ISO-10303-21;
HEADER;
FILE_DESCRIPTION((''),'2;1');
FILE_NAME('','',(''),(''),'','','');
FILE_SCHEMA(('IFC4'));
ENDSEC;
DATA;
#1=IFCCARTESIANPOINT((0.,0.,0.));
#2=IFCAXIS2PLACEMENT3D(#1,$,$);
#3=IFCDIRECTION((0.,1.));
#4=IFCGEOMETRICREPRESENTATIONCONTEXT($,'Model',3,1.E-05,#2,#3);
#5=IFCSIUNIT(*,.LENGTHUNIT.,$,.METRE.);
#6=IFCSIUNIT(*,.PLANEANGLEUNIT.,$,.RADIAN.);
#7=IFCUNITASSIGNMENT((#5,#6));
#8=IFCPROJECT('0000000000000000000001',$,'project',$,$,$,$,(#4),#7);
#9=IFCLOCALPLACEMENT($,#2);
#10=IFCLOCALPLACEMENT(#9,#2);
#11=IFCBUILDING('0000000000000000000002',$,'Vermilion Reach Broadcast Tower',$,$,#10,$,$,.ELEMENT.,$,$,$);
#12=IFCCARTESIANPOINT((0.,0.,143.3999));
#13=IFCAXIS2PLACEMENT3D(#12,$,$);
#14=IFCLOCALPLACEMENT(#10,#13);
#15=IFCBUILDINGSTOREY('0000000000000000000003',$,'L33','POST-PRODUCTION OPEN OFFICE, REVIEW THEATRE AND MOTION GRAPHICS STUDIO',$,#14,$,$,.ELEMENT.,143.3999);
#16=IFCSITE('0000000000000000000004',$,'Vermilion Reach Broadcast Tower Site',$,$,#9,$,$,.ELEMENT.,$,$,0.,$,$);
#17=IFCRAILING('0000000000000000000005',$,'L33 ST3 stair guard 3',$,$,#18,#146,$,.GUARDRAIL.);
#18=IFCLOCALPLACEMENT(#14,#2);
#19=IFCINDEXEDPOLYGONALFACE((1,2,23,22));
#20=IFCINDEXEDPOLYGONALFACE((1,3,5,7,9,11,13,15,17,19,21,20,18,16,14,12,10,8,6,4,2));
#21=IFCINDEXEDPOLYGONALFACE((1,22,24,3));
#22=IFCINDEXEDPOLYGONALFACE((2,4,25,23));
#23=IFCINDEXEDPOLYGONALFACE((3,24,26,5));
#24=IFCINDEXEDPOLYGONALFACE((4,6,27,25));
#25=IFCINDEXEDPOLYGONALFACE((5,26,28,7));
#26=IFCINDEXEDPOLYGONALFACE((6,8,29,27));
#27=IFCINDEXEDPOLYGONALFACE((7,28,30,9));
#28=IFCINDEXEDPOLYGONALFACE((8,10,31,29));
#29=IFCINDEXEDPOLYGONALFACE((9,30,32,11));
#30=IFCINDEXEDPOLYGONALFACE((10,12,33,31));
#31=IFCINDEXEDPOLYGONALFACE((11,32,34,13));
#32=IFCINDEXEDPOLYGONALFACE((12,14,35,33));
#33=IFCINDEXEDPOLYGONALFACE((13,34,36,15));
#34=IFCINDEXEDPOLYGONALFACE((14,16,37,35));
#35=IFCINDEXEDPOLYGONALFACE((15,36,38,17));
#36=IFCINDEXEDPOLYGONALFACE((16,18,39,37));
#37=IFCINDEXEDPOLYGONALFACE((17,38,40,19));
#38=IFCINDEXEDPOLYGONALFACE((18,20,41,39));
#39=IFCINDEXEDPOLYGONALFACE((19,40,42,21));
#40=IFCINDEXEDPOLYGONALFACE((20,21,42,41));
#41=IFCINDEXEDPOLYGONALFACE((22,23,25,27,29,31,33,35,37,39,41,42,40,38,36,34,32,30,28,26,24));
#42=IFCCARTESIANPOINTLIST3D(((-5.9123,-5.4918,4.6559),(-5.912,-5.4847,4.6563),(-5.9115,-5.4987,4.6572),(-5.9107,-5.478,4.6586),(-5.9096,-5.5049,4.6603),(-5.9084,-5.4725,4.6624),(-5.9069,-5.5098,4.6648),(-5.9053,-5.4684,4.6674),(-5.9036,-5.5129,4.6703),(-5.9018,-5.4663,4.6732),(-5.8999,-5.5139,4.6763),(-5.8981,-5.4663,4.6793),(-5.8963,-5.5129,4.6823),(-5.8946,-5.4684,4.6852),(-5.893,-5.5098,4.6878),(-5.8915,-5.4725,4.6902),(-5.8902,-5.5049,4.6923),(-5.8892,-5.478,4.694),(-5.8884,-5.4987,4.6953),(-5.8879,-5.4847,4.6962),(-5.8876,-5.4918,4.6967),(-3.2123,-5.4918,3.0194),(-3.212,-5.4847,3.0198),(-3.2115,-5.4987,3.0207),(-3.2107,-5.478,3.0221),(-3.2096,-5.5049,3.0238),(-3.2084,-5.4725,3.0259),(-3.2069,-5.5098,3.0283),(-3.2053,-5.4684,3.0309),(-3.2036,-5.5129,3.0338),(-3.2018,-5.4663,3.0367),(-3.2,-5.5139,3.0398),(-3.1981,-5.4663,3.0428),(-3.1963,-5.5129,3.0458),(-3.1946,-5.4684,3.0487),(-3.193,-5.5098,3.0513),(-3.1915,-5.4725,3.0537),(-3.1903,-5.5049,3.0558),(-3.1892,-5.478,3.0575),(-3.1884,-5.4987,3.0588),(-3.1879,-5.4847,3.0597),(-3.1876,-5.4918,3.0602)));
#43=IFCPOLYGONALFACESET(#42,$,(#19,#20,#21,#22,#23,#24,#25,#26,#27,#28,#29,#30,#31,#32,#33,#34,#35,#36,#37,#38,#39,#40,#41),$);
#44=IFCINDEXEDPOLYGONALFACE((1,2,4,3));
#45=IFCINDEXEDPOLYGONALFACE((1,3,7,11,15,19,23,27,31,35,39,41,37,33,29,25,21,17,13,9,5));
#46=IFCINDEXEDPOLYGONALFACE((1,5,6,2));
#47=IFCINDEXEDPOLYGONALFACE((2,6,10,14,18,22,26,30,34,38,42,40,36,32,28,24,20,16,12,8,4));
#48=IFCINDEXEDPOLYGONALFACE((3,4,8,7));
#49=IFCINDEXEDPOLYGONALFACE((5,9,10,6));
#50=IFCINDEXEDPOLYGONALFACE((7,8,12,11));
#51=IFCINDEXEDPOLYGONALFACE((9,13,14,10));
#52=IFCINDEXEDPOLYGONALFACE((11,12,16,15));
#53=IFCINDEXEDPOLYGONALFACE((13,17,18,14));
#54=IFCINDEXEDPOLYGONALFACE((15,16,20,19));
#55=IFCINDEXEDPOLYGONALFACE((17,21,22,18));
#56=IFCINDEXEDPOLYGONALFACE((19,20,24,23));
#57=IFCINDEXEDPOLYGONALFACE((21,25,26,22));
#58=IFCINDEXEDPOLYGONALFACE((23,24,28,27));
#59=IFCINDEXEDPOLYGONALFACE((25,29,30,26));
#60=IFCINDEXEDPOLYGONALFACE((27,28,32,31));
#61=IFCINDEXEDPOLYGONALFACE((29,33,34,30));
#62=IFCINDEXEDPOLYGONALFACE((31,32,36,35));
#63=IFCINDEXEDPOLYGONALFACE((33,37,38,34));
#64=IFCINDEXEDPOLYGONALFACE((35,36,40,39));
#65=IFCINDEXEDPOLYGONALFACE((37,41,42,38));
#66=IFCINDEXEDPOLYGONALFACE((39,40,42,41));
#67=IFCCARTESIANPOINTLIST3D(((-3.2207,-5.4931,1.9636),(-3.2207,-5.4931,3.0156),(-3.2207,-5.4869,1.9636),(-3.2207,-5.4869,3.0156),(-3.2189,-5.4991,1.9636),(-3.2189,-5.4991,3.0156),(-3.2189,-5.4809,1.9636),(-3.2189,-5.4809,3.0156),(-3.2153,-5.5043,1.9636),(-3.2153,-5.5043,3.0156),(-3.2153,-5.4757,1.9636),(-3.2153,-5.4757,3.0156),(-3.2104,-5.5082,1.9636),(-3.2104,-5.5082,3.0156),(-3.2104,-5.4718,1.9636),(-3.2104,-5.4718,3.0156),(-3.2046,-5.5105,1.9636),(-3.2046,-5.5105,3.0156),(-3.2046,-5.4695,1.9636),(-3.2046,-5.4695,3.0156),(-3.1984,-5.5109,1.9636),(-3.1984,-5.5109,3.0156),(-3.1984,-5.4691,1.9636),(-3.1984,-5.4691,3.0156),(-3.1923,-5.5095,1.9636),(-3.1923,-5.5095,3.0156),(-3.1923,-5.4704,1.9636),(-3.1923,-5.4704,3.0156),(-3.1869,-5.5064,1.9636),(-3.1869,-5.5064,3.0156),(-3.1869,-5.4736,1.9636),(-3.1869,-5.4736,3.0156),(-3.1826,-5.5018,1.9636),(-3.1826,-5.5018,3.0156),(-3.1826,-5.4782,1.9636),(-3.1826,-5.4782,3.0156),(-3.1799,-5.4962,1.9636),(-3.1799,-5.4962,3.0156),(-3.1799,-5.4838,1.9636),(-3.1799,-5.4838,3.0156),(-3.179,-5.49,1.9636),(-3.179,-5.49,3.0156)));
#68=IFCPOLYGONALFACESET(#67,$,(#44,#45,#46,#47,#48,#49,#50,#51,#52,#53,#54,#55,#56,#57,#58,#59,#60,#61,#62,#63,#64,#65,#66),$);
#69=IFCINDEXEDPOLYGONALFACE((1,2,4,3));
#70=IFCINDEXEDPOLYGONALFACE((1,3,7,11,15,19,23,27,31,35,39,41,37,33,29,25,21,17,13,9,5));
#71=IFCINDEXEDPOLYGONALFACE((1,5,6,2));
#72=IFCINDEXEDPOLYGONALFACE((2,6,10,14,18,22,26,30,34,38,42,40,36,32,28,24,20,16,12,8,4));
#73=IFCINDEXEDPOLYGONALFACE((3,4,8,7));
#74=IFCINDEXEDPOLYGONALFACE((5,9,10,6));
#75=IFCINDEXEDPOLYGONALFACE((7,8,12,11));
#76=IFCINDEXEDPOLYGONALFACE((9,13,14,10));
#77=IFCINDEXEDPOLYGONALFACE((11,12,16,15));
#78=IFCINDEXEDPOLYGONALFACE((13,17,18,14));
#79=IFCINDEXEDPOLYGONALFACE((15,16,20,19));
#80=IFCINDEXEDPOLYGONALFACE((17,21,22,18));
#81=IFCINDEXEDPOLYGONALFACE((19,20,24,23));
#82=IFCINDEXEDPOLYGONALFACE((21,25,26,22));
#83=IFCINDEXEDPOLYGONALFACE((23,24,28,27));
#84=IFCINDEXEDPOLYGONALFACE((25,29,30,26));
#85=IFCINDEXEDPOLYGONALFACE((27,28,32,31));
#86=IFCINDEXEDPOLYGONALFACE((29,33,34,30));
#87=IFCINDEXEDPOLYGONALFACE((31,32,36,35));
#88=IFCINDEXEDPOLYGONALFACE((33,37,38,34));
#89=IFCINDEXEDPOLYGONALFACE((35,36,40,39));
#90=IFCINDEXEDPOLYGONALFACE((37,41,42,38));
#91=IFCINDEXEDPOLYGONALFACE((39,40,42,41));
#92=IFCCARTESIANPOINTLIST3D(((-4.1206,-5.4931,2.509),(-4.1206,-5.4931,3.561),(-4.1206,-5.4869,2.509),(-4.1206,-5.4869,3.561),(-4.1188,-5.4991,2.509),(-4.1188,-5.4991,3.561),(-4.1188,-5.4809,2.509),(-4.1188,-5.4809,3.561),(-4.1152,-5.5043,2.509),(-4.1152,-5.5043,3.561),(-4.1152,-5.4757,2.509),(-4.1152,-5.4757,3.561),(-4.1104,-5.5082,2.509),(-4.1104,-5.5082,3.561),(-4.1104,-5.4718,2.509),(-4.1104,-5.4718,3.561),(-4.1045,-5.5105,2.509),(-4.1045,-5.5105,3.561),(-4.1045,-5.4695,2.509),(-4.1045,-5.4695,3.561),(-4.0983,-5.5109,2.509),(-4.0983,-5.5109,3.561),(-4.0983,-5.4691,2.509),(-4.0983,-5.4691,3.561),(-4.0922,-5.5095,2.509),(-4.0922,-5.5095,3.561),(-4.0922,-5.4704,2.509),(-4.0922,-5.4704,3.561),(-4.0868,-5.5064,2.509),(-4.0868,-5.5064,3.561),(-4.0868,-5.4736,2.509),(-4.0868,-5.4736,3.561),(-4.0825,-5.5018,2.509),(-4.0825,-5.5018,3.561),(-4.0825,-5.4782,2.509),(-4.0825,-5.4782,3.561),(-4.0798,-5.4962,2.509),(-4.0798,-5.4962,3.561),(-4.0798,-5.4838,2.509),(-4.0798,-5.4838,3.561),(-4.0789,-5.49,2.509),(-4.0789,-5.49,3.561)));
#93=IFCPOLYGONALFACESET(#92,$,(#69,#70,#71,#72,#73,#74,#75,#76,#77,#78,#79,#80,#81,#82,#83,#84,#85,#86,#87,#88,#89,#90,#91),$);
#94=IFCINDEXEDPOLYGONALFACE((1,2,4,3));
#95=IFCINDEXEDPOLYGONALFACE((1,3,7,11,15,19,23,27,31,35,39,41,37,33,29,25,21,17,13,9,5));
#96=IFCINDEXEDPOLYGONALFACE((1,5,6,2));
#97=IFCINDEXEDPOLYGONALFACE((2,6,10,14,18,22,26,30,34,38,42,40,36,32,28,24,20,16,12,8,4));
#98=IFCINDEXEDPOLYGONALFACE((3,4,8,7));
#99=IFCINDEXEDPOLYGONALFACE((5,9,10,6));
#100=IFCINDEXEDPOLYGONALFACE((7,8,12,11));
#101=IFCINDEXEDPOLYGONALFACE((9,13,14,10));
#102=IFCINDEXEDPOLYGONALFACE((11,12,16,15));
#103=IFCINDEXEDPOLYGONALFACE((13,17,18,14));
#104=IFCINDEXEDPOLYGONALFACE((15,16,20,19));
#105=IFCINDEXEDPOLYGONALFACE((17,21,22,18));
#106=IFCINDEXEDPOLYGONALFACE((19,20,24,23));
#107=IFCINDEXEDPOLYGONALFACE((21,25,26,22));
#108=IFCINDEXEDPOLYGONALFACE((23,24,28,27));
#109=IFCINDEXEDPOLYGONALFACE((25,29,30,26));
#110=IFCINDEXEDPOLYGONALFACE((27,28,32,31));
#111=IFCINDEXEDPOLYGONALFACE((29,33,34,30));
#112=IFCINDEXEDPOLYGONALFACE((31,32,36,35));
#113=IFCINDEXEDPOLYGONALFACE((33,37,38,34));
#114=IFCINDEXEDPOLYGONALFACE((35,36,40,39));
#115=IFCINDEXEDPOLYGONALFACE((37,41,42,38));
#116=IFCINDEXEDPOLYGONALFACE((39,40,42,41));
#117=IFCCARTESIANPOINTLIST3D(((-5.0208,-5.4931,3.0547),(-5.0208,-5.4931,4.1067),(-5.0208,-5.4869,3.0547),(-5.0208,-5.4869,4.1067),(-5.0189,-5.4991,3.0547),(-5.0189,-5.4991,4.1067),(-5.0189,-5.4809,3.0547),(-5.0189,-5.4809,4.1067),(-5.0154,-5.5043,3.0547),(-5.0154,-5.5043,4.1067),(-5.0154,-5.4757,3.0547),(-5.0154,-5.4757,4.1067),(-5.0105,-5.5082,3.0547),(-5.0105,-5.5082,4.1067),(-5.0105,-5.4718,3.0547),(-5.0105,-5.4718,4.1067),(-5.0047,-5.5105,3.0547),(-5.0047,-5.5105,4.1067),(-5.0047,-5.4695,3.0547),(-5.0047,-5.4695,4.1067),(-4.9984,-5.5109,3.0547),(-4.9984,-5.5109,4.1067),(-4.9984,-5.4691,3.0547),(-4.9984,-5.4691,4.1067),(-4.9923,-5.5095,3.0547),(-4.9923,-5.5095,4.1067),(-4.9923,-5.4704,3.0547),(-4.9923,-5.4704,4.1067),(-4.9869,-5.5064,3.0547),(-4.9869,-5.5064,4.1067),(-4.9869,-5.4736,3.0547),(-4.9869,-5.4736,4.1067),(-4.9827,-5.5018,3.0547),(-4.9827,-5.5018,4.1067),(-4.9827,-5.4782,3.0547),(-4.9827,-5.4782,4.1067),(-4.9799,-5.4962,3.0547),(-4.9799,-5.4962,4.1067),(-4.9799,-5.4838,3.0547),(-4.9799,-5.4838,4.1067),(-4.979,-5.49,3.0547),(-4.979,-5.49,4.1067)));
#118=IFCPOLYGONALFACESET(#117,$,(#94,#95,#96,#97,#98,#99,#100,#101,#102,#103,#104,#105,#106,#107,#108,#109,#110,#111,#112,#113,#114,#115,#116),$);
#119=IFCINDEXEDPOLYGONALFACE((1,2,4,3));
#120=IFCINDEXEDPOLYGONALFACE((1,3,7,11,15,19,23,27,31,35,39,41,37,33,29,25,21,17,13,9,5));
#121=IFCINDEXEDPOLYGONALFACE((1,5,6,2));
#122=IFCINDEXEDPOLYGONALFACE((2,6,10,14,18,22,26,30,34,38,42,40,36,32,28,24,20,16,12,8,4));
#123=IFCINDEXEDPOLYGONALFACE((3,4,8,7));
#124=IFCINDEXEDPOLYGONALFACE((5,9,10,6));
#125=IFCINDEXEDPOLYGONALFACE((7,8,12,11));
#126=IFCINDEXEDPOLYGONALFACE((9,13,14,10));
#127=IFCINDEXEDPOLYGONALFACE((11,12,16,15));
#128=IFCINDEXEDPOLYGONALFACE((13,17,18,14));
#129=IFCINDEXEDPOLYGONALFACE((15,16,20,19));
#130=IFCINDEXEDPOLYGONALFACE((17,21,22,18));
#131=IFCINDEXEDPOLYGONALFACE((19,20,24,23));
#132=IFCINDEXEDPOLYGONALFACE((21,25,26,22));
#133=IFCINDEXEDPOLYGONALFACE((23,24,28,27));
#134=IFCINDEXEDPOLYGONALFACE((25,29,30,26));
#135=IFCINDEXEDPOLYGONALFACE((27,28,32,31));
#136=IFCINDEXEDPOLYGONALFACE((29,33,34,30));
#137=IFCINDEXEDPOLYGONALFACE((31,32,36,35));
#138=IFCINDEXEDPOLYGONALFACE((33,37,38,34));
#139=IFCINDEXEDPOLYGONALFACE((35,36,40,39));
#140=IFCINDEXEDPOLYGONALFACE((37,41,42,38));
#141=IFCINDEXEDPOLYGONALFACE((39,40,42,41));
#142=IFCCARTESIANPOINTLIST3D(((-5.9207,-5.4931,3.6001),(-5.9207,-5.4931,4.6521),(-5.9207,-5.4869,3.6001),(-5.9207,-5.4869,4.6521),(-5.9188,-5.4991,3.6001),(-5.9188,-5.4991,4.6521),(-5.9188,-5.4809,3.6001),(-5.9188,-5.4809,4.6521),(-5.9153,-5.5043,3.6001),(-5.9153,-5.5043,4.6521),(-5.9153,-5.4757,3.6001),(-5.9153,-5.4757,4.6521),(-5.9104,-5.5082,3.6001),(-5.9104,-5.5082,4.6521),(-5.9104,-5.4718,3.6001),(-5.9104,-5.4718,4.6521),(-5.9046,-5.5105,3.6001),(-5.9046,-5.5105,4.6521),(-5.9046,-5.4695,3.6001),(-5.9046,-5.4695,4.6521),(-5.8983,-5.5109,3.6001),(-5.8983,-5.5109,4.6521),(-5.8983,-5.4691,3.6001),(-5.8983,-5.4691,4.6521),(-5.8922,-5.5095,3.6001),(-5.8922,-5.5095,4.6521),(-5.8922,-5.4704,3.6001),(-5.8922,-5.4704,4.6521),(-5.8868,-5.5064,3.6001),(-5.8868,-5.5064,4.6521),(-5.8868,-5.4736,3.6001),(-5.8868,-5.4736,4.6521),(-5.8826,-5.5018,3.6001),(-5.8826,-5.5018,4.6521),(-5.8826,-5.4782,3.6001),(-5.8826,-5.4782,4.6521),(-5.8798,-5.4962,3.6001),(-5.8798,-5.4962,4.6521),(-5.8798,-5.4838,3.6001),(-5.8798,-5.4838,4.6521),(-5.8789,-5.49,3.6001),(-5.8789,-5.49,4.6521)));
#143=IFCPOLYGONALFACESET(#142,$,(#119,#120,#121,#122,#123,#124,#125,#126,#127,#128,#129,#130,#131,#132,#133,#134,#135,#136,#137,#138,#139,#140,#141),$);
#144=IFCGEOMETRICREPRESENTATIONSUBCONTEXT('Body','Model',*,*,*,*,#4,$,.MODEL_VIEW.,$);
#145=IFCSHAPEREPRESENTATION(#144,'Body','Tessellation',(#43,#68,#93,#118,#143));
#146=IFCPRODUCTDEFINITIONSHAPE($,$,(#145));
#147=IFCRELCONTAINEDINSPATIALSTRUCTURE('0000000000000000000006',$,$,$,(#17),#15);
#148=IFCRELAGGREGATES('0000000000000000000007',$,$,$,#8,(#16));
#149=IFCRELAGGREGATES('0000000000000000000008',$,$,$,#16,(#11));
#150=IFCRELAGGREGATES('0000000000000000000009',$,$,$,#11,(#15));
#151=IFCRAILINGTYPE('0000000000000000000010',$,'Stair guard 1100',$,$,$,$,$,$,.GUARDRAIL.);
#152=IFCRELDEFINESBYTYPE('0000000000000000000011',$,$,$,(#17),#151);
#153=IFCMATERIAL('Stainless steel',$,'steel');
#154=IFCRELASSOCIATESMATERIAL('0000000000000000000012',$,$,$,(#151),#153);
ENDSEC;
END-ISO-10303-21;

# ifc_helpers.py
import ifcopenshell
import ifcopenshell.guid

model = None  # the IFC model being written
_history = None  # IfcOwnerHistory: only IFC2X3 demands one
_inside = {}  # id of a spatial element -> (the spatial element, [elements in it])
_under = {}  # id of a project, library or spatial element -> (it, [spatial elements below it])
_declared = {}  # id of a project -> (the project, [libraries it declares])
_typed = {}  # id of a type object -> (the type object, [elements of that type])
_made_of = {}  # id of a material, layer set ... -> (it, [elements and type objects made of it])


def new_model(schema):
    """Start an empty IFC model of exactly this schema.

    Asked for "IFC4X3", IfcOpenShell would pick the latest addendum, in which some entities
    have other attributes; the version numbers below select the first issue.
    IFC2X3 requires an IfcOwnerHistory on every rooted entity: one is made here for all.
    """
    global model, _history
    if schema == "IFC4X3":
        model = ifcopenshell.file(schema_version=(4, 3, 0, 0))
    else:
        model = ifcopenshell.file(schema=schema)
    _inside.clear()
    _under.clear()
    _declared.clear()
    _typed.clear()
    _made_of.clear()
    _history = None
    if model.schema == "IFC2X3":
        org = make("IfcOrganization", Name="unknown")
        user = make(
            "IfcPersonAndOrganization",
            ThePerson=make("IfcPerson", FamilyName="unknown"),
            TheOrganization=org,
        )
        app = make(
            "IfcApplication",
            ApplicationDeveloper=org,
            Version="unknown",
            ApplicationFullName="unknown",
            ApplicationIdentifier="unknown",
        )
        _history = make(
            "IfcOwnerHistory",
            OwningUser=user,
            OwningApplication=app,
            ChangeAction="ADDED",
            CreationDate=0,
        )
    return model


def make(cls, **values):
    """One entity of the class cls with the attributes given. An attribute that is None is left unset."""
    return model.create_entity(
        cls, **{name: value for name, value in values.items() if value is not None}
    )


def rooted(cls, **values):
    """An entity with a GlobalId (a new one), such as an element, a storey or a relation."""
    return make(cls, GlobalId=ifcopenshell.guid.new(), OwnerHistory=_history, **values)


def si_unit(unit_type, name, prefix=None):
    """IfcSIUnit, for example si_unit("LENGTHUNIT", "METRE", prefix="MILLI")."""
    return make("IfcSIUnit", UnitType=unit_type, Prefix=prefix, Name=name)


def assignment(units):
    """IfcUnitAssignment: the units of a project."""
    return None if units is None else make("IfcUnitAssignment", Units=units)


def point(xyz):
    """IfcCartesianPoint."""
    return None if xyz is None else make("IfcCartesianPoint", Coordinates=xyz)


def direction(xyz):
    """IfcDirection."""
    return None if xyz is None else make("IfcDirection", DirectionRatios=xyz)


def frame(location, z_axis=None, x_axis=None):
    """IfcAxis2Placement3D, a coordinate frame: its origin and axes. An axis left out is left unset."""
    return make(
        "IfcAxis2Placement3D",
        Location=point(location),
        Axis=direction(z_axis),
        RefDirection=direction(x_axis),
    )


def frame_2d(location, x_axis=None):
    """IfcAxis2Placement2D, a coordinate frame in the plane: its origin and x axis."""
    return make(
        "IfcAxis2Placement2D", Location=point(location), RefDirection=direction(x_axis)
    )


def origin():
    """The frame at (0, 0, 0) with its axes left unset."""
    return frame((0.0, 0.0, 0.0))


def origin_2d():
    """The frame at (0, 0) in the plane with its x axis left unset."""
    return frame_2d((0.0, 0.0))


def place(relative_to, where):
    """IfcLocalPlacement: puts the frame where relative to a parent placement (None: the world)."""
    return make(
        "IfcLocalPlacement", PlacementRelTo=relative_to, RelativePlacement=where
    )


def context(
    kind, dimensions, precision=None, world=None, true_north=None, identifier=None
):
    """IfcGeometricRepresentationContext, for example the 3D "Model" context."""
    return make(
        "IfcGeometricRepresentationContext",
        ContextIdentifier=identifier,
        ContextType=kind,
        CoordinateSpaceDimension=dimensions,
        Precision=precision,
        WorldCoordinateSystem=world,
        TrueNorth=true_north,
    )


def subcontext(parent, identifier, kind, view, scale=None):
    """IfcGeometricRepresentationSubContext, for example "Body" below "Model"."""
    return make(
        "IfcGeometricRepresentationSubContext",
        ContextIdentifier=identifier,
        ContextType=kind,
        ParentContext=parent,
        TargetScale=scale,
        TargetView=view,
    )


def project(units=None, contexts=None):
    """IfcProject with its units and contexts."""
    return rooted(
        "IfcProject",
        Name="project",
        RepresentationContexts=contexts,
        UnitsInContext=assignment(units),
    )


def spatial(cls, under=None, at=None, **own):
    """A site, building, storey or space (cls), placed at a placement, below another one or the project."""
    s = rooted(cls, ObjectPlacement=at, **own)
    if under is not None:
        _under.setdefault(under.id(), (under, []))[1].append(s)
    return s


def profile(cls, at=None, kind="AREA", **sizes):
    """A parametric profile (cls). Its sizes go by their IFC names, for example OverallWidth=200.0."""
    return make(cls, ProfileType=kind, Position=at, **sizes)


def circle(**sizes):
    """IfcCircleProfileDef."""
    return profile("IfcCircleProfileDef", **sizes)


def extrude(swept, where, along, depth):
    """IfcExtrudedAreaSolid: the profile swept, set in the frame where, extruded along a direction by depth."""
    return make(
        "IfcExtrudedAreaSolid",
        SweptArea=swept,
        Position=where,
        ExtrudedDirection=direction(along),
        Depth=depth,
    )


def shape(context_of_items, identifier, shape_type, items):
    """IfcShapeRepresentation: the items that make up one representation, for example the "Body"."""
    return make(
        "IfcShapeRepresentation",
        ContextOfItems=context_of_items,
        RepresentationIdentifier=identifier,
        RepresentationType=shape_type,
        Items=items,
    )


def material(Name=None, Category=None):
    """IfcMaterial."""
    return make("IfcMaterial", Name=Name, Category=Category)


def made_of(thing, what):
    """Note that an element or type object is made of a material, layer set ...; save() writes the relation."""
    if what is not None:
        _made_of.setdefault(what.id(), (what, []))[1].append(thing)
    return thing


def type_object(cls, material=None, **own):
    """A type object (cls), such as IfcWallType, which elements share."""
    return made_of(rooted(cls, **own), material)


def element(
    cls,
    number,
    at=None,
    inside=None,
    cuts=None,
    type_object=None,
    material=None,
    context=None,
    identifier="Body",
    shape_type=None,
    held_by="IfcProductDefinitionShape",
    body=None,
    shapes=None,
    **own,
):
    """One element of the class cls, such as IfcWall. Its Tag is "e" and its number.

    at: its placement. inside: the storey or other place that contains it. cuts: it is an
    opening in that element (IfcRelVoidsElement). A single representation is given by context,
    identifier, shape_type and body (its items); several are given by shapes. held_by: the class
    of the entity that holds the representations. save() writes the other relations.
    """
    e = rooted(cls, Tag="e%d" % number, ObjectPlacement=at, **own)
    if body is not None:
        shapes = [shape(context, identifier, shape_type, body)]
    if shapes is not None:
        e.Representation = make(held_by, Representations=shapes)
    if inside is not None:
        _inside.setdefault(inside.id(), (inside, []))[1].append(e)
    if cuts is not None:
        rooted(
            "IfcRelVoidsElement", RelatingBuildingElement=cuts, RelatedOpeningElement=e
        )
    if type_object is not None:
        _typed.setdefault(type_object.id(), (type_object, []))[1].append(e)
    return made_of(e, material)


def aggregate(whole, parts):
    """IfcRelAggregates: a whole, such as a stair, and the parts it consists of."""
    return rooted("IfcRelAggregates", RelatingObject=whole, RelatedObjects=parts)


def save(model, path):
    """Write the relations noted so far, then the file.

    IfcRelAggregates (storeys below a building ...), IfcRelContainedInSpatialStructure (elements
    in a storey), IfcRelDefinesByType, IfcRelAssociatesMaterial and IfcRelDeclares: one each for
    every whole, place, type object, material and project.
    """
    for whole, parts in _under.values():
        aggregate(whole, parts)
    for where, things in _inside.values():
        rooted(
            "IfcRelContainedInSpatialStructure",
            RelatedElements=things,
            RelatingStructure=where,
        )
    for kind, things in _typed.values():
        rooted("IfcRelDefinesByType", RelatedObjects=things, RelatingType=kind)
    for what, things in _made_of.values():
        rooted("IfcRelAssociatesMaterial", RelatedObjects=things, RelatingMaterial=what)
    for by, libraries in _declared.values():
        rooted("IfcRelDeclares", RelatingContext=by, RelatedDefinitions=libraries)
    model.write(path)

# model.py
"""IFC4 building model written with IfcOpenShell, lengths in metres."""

from ifc_helpers import new_model, si_unit, direction, frame, origin, origin_2d, place, context, subcontext, project, spatial, circle, extrude, material, type_object, element, save


model = new_model("IFC4")

# Units and contexts
model_context = context("Model", 3, precision=1e-05, world=origin(), true_north=direction((0.0, 1.0)))
body_context = subcontext(model_context, "Body", "Model", "MODEL_VIEW")
ifc_project = project(units=[si_unit("LENGTHUNIT", "METRE"), si_unit("PLANEANGLEUNIT", "RADIAN")], contexts=[model_context])

# Site, building, storey
site_placement = place(None, origin())
site = spatial("IfcSite", under=ifc_project, at=site_placement, Name="Vermilion Reach Broadcast Tower Site", CompositionType="ELEMENT", RefElevation=0.0)
building_placement = place(site_placement, origin())
building = spatial("IfcBuilding", under=site, at=building_placement, Name="Vermilion Reach Broadcast Tower", CompositionType="ELEMENT")
storey_placement = place(building_placement, frame((0.0, 0.0, 143.3999)))
storey = spatial("IfcBuildingStorey", under=building, at=storey_placement, Name="L33", Description="POST-PRODUCTION OPEN OFFICE, REVIEW THEATRE AND MOTION GRAPHICS STUDIO", CompositionType="ELEMENT", Elevation=143.3999)

# Railing
ifc_material_1 = material(Name="Stainless steel", Category="steel")
railing_type_1 = type_object("IfcRailingType", Name="Stair guard 1100", PredefinedType="GUARDRAIL", material=ifc_material_1)
railing_1_placement = place(storey_placement, frame((-3.2, -5.49, 1.9636)))
element("IfcRailing", 1, at=railing_1_placement, inside=storey, type_object=railing_type_1, Name="L33 ST3 stair guard 3", PredefinedType="GUARDRAIL", context=body_context, shape_type="SweptSolid", body=[
    extrude(circle(Radius=0.0239, at=origin_2d()), frame((0.0, 0.0, 1.0762), z_axis=(-0.855178, 0.0, 0.518334), x_axis=(0.0, -1.0, 0.0)), (0.0, 0.0, 1.0), 3.1572),
    extrude(circle(Radius=0.021, at=origin_2d()), origin(), (0.0, 0.0, 1.0), 1.052),
    extrude(circle(Radius=0.021, at=origin_2d()), frame((-0.8999, 0.0, 0.5454)), (0.0, 0.0, 1.0), 1.052),
    extrude(circle(Radius=0.021, at=origin_2d()), frame((-1.8, 0.0, 1.0911)), (0.0, 0.0, 1.0), 1.052),
    extrude(circle(Radius=0.021, at=origin_2d()), frame((-2.7, 0.0, 1.6365)), (0.0, 0.0, 1.0), 1.052),
])

save(model, "model.ifc")
